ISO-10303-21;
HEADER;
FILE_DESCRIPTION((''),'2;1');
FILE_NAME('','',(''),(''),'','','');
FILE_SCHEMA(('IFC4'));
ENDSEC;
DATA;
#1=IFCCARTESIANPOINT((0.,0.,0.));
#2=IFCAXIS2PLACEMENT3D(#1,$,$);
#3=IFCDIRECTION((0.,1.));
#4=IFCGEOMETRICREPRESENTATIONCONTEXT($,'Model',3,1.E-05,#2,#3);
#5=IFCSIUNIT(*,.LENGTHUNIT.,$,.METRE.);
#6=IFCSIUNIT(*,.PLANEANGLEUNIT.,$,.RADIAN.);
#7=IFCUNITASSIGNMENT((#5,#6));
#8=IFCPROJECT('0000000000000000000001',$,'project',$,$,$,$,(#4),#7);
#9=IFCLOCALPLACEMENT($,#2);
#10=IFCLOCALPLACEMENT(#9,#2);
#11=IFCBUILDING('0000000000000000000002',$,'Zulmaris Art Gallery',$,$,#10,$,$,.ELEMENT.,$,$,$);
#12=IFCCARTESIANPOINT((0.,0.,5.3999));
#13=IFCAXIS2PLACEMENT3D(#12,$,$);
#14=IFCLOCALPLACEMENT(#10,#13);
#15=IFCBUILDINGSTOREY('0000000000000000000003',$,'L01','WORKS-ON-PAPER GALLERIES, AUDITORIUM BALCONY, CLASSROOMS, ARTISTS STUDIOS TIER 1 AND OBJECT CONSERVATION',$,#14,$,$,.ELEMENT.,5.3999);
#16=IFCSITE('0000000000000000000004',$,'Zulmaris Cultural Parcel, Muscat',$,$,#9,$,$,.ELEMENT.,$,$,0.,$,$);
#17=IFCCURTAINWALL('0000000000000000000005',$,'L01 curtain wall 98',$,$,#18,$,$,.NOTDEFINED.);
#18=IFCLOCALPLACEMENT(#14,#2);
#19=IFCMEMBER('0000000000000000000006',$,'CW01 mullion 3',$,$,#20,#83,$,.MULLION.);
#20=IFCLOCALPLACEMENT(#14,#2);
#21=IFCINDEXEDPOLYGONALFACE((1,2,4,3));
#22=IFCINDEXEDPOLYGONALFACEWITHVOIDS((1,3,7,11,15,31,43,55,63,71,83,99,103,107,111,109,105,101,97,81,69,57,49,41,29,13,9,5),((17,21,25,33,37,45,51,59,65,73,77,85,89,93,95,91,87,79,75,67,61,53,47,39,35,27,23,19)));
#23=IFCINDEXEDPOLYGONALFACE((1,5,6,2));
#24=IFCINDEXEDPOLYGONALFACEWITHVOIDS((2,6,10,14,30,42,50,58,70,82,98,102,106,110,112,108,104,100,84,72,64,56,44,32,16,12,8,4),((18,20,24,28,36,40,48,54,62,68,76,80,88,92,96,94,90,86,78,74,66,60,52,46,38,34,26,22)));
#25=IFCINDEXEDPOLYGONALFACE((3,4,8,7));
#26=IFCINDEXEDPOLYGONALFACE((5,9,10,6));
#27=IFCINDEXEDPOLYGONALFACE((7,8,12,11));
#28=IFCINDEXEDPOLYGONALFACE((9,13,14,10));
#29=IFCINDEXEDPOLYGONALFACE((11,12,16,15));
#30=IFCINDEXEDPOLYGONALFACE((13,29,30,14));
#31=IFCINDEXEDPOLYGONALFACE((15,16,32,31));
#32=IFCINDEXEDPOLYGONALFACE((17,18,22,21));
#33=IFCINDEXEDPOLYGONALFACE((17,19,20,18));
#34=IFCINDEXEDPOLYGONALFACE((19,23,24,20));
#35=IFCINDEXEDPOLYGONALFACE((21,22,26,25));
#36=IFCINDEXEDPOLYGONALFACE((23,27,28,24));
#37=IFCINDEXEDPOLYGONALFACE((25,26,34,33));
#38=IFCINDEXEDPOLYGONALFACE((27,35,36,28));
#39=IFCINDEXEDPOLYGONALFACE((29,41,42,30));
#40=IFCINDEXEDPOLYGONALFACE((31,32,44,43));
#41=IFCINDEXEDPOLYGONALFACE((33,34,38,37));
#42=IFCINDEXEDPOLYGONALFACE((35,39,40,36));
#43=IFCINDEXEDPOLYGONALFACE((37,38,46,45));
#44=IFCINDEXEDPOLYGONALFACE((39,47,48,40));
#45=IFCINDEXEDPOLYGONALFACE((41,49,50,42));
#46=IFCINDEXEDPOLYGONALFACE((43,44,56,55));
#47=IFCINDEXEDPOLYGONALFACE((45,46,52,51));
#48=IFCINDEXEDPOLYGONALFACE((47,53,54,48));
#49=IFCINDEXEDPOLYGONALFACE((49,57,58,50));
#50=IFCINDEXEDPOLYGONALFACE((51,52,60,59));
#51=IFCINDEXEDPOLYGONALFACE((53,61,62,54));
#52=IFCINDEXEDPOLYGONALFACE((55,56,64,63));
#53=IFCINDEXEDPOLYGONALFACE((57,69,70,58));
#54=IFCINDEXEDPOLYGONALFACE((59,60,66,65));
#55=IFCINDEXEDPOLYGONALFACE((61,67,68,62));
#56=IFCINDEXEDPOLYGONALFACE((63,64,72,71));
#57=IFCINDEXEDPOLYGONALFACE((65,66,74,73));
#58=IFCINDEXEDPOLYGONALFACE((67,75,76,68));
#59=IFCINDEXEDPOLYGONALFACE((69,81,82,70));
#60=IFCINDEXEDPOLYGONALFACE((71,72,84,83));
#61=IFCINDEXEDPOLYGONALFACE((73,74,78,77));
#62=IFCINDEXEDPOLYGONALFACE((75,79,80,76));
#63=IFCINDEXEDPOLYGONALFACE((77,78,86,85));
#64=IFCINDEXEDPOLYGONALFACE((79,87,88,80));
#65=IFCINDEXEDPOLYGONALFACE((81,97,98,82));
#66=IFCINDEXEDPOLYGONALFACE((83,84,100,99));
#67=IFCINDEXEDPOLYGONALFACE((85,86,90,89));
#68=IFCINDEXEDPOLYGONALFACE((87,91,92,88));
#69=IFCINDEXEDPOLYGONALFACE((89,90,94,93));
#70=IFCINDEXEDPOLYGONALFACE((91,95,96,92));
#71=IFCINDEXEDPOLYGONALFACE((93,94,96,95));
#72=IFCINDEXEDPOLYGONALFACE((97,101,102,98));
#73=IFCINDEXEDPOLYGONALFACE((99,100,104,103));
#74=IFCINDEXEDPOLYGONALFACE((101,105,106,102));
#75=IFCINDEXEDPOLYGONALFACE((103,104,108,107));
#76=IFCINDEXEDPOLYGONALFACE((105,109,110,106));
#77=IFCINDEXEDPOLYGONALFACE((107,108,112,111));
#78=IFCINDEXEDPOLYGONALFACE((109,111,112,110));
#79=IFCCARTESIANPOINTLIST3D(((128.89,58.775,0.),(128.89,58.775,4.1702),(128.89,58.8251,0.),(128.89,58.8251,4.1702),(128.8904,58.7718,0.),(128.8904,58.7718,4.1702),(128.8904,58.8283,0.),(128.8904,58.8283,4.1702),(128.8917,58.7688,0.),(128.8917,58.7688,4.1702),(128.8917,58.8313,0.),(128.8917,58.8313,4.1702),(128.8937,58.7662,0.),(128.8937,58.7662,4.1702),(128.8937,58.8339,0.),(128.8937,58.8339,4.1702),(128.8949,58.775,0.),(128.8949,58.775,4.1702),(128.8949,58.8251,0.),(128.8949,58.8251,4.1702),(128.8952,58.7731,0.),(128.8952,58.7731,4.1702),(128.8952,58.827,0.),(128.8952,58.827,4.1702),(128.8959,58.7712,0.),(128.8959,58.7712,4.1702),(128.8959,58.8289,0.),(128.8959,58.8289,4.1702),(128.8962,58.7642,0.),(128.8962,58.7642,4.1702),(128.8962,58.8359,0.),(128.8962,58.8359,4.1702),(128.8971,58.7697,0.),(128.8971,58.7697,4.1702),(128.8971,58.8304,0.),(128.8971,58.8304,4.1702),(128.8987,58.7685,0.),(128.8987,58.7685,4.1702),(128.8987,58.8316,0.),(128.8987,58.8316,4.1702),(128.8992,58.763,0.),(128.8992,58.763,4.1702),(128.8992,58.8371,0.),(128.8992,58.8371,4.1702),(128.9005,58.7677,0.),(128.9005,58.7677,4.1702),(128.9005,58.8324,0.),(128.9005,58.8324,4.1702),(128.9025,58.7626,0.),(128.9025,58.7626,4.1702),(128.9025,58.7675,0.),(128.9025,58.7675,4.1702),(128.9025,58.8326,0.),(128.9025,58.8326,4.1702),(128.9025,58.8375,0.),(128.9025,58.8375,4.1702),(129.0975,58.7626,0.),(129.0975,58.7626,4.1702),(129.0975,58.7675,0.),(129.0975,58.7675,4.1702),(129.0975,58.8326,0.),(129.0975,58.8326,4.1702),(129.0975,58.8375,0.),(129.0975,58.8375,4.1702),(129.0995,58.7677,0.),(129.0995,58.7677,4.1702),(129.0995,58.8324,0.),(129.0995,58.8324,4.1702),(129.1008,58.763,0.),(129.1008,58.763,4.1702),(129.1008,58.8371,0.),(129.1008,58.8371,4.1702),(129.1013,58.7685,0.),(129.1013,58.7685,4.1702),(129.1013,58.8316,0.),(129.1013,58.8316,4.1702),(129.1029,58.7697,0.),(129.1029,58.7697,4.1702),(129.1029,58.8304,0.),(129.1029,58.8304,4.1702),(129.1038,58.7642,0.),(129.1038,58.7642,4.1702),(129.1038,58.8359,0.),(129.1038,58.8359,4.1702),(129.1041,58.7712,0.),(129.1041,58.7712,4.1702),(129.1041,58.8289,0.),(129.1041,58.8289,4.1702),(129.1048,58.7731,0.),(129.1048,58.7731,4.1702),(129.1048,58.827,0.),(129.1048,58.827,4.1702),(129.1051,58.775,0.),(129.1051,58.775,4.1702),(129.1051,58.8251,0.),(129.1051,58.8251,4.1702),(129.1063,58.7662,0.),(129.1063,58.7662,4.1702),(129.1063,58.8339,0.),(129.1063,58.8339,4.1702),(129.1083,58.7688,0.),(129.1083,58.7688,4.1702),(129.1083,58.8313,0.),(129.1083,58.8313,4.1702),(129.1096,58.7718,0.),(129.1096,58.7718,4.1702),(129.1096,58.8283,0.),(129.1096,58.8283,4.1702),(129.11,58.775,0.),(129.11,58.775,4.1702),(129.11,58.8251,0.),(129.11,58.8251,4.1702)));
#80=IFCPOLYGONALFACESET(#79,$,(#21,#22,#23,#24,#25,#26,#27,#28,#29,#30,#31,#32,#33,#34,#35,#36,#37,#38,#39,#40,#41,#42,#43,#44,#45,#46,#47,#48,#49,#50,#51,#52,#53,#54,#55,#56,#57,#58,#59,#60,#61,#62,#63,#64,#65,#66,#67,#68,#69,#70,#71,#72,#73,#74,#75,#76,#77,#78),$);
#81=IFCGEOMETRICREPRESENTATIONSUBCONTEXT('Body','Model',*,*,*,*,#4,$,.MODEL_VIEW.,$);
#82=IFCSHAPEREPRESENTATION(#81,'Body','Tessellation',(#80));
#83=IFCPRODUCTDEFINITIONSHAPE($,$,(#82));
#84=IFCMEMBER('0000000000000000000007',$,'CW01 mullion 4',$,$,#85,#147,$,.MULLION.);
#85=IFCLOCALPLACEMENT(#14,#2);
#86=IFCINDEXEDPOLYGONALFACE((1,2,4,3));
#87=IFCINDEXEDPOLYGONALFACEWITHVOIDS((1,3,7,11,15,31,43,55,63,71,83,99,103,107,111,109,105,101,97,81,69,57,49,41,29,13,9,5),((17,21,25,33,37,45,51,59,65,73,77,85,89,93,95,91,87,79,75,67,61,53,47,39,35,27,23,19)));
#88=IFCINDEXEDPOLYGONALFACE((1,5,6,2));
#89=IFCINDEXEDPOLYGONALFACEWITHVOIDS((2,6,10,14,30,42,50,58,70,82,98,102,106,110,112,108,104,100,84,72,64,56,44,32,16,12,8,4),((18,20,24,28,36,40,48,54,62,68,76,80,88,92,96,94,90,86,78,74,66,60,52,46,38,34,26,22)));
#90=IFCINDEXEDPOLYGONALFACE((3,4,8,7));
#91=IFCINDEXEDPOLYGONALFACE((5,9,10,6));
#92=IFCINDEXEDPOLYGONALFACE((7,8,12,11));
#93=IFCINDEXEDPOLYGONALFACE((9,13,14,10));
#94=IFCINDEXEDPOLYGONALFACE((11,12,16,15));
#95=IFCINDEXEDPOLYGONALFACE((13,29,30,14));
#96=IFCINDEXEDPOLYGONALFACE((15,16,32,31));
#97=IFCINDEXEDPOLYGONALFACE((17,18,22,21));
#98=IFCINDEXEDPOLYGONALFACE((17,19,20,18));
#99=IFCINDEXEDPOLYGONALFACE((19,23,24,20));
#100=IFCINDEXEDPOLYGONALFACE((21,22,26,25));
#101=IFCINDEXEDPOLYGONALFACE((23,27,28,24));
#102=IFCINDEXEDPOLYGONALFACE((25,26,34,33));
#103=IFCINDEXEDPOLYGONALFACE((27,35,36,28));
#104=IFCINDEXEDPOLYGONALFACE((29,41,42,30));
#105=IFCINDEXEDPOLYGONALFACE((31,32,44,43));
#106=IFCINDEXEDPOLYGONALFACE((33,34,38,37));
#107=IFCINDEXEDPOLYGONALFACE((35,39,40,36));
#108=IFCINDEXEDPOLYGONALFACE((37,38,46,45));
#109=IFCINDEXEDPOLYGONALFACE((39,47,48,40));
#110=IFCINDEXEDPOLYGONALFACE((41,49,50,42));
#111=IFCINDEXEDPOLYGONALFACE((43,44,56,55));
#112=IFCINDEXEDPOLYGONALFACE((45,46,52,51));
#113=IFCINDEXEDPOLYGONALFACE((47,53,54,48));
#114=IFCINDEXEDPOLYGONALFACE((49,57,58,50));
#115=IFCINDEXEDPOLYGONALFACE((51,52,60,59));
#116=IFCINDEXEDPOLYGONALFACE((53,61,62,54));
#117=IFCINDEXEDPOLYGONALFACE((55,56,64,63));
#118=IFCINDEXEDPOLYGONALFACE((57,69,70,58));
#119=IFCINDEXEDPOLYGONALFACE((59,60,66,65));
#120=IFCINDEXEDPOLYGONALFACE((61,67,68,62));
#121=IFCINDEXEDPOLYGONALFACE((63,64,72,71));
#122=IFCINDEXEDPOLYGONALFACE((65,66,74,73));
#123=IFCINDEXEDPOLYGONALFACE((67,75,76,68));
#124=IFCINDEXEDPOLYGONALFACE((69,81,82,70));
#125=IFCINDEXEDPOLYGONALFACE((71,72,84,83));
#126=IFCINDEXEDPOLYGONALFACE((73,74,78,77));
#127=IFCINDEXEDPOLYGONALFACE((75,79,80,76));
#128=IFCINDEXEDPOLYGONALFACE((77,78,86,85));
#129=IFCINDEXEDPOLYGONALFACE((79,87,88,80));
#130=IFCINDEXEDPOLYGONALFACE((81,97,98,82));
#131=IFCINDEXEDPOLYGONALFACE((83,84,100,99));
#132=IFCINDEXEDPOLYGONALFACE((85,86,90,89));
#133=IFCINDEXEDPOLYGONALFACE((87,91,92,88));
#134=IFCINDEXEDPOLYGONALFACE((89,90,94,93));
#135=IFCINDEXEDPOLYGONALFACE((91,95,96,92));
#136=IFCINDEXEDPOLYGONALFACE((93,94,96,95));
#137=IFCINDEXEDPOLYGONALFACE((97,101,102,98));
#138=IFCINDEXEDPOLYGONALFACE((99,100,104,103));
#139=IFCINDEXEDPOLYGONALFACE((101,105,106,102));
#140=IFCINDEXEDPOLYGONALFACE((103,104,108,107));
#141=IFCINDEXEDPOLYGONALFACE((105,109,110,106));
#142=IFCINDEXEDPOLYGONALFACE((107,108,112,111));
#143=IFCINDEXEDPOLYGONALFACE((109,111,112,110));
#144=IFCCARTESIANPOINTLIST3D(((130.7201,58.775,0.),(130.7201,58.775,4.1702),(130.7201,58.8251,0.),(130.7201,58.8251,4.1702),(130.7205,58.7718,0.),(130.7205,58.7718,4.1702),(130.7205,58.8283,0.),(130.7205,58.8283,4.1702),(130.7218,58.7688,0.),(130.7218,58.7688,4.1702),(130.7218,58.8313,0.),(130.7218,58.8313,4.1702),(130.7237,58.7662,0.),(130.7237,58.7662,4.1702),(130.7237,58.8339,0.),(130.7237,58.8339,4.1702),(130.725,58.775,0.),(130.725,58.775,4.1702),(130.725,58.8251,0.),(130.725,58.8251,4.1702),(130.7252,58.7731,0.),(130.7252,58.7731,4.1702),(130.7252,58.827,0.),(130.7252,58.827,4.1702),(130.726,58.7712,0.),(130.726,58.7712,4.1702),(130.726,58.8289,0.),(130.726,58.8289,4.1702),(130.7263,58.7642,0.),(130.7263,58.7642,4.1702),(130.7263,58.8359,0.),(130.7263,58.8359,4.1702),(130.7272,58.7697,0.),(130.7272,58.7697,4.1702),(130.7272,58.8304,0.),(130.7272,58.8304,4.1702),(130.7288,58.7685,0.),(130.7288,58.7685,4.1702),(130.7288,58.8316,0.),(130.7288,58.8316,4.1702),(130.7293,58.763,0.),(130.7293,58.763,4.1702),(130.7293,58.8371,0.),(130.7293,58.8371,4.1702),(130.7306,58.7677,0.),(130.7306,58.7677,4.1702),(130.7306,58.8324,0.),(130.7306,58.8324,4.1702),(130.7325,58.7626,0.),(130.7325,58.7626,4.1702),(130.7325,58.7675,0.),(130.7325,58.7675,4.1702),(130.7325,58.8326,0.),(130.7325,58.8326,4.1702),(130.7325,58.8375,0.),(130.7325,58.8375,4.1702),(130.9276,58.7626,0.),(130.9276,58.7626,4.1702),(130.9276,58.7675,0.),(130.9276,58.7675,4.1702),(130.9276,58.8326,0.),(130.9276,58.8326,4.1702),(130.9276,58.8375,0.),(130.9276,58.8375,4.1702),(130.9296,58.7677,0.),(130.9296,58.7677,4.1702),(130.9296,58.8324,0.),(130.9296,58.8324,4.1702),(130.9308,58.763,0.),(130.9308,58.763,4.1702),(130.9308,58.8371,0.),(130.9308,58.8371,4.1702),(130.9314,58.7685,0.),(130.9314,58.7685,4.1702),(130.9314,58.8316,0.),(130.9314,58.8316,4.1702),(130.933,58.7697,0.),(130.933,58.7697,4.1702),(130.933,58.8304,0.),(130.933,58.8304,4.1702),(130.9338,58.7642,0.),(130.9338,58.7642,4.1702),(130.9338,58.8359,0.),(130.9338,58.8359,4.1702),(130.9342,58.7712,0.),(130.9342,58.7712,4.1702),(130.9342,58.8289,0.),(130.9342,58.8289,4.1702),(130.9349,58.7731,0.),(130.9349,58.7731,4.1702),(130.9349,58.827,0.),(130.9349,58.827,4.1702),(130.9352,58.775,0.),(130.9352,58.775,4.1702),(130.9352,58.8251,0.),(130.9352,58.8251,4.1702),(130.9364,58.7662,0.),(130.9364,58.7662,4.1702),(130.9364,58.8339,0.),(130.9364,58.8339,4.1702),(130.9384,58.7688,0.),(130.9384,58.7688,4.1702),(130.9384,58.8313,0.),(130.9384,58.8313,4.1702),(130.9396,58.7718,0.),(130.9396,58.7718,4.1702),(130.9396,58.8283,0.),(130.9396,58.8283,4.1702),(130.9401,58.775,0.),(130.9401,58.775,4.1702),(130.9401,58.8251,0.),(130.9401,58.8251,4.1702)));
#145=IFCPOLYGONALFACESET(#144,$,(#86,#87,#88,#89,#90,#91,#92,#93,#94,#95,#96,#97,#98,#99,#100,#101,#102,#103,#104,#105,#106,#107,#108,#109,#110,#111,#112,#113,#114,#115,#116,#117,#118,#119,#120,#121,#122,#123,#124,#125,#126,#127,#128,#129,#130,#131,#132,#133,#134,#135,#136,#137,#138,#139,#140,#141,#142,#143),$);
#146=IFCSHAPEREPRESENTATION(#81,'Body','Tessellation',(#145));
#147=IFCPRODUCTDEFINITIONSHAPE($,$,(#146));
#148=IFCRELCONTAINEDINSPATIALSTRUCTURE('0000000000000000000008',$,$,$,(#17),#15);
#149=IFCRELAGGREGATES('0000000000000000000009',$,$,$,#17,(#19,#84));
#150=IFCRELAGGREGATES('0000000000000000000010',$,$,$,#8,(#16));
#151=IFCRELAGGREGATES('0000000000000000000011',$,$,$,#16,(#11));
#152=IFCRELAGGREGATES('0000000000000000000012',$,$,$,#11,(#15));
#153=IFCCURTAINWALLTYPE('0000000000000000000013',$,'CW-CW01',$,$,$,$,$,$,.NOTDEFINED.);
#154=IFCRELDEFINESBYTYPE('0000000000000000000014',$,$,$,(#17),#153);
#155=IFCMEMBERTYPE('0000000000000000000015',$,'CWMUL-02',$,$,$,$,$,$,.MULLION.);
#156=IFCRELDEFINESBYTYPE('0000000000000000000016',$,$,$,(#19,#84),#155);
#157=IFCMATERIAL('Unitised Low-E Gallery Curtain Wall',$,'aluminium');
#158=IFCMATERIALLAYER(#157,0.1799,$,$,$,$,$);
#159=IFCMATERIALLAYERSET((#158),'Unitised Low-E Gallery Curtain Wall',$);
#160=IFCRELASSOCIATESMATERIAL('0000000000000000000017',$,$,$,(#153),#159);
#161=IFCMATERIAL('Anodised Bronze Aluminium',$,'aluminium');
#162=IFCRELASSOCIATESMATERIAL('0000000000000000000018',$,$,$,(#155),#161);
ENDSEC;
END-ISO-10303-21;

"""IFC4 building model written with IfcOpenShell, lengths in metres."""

from ifc_helpers import new_model, si_unit, direction, frame, origin, origin_2d, place, context, subcontext, project, spatial, hollow_rectangle, extrude, material, layer, layer_set, material_profile, profile_set, type_object, element, aggregate, save


model = new_model("IFC4")

# Units and contexts
model_context = context("Model", 3, precision=1e-05, world=origin(), true_north=direction((0.0, 1.0)))
body_context = subcontext(model_context, "Body", "Model", "MODEL_VIEW")
ifc_project = project(units=[si_unit("LENGTHUNIT", "METRE"), si_unit("PLANEANGLEUNIT", "RADIAN")], contexts=[model_context])

# Site, building, storey
site_placement = place(None, origin())
site = spatial("IfcSite", under=ifc_project, at=site_placement, Name="Zulmaris Cultural Parcel, Muscat", CompositionType="ELEMENT", RefElevation=0.0)
building_placement = place(site_placement, origin())
building = spatial("IfcBuilding", under=site, at=building_placement, Name="Zulmaris Art Gallery", CompositionType="ELEMENT")
storey_placement = place(building_placement, frame((0.0, 0.0, 5.3999)))
storey = spatial("IfcBuildingStorey", under=building, at=storey_placement, Name="L01", Description="WORKS-ON-PAPER GALLERIES, AUDITORIUM BALCONY, CLASSROOMS, ARTISTS STUDIOS TIER 1 AND OBJECT CONSERVATION", CompositionType="ELEMENT", Elevation=5.3999)

# Curtain wall, members
ifc_material_1 = material(Name="Unitised Low-E Gallery Curtain Wall", Category="aluminium")
ifc_layer_1 = layer(ifc_material_1, 0.1799)
ifc_layer_set_1 = layer_set([ifc_layer_1], Name="Unitised Low-E Gallery Curtain Wall")
curtain_wall_type = type_object("IfcCurtainWallType", Name="CW-CW01", PredefinedType="NOTDEFINED", material=ifc_layer_set_1)
curtain_wall_1_placement = place(storey_placement, origin())
curtain_wall_1 = element("IfcCurtainWall", 1, at=curtain_wall_1_placement, inside=storey, type_object=curtain_wall_type, Name="L01 curtain wall 98", PredefinedType="NOTDEFINED")
ifc_material_2 = material(Name="Anodised Bronze Aluminium", Category="aluminium")
ifc_material_profile_1 = material_profile(ifc_material_2, hollow_rectangle(XDim=0.075, YDim=0.22, WallThickness=0.0049, InnerFilletRadius=0.0076, OuterFilletRadius=0.0125, at=origin_2d()), Name="ALU 75x220x5")
ifc_profile_set_1 = profile_set([ifc_material_profile_1], Name="Anodised Bronze Aluminium")
member_type_1 = type_object("IfcMemberType", Name="CWMUL-02", PredefinedType="MULLION", material=ifc_profile_set_1)
member_1_placement = place(storey_placement, frame((129.0, 58.8, 0.0), z_axis=(0.0, 0.0, 1.0), x_axis=(0.0, 1.0, 0.0)))
member_1 = element("IfcMember", 2, at=member_1_placement, type_object=member_type_1, Name="CW01 mullion 3", PredefinedType="MULLION", context=body_context, shape_type="SweptSolid", body=[
    extrude(hollow_rectangle(XDim=0.075, YDim=0.22, WallThickness=0.0049, InnerFilletRadius=0.0076, OuterFilletRadius=0.0125, at=origin_2d()), origin(), (0.0, 0.0, 1.0), 4.1702),
])
member_2_placement = place(storey_placement, frame((130.8301, 58.8, 0.0), z_axis=(0.0, 0.0, 1.0), x_axis=(0.0, 1.0, 0.0)))
member_2 = element("IfcMember", 3, at=member_2_placement, type_object=member_type_1, Name="CW01 mullion 4", PredefinedType="MULLION", context=body_context, shape_type="SweptSolid", body=[
    extrude(hollow_rectangle(XDim=0.075, YDim=0.22, WallThickness=0.0049, InnerFilletRadius=0.0076, OuterFilletRadius=0.0125, at=origin_2d()), origin(), (0.0, 0.0, 1.0), 4.1702),
])

aggregate(curtain_wall_1, [member_1, member_2])

save(model, "model.ifc")
